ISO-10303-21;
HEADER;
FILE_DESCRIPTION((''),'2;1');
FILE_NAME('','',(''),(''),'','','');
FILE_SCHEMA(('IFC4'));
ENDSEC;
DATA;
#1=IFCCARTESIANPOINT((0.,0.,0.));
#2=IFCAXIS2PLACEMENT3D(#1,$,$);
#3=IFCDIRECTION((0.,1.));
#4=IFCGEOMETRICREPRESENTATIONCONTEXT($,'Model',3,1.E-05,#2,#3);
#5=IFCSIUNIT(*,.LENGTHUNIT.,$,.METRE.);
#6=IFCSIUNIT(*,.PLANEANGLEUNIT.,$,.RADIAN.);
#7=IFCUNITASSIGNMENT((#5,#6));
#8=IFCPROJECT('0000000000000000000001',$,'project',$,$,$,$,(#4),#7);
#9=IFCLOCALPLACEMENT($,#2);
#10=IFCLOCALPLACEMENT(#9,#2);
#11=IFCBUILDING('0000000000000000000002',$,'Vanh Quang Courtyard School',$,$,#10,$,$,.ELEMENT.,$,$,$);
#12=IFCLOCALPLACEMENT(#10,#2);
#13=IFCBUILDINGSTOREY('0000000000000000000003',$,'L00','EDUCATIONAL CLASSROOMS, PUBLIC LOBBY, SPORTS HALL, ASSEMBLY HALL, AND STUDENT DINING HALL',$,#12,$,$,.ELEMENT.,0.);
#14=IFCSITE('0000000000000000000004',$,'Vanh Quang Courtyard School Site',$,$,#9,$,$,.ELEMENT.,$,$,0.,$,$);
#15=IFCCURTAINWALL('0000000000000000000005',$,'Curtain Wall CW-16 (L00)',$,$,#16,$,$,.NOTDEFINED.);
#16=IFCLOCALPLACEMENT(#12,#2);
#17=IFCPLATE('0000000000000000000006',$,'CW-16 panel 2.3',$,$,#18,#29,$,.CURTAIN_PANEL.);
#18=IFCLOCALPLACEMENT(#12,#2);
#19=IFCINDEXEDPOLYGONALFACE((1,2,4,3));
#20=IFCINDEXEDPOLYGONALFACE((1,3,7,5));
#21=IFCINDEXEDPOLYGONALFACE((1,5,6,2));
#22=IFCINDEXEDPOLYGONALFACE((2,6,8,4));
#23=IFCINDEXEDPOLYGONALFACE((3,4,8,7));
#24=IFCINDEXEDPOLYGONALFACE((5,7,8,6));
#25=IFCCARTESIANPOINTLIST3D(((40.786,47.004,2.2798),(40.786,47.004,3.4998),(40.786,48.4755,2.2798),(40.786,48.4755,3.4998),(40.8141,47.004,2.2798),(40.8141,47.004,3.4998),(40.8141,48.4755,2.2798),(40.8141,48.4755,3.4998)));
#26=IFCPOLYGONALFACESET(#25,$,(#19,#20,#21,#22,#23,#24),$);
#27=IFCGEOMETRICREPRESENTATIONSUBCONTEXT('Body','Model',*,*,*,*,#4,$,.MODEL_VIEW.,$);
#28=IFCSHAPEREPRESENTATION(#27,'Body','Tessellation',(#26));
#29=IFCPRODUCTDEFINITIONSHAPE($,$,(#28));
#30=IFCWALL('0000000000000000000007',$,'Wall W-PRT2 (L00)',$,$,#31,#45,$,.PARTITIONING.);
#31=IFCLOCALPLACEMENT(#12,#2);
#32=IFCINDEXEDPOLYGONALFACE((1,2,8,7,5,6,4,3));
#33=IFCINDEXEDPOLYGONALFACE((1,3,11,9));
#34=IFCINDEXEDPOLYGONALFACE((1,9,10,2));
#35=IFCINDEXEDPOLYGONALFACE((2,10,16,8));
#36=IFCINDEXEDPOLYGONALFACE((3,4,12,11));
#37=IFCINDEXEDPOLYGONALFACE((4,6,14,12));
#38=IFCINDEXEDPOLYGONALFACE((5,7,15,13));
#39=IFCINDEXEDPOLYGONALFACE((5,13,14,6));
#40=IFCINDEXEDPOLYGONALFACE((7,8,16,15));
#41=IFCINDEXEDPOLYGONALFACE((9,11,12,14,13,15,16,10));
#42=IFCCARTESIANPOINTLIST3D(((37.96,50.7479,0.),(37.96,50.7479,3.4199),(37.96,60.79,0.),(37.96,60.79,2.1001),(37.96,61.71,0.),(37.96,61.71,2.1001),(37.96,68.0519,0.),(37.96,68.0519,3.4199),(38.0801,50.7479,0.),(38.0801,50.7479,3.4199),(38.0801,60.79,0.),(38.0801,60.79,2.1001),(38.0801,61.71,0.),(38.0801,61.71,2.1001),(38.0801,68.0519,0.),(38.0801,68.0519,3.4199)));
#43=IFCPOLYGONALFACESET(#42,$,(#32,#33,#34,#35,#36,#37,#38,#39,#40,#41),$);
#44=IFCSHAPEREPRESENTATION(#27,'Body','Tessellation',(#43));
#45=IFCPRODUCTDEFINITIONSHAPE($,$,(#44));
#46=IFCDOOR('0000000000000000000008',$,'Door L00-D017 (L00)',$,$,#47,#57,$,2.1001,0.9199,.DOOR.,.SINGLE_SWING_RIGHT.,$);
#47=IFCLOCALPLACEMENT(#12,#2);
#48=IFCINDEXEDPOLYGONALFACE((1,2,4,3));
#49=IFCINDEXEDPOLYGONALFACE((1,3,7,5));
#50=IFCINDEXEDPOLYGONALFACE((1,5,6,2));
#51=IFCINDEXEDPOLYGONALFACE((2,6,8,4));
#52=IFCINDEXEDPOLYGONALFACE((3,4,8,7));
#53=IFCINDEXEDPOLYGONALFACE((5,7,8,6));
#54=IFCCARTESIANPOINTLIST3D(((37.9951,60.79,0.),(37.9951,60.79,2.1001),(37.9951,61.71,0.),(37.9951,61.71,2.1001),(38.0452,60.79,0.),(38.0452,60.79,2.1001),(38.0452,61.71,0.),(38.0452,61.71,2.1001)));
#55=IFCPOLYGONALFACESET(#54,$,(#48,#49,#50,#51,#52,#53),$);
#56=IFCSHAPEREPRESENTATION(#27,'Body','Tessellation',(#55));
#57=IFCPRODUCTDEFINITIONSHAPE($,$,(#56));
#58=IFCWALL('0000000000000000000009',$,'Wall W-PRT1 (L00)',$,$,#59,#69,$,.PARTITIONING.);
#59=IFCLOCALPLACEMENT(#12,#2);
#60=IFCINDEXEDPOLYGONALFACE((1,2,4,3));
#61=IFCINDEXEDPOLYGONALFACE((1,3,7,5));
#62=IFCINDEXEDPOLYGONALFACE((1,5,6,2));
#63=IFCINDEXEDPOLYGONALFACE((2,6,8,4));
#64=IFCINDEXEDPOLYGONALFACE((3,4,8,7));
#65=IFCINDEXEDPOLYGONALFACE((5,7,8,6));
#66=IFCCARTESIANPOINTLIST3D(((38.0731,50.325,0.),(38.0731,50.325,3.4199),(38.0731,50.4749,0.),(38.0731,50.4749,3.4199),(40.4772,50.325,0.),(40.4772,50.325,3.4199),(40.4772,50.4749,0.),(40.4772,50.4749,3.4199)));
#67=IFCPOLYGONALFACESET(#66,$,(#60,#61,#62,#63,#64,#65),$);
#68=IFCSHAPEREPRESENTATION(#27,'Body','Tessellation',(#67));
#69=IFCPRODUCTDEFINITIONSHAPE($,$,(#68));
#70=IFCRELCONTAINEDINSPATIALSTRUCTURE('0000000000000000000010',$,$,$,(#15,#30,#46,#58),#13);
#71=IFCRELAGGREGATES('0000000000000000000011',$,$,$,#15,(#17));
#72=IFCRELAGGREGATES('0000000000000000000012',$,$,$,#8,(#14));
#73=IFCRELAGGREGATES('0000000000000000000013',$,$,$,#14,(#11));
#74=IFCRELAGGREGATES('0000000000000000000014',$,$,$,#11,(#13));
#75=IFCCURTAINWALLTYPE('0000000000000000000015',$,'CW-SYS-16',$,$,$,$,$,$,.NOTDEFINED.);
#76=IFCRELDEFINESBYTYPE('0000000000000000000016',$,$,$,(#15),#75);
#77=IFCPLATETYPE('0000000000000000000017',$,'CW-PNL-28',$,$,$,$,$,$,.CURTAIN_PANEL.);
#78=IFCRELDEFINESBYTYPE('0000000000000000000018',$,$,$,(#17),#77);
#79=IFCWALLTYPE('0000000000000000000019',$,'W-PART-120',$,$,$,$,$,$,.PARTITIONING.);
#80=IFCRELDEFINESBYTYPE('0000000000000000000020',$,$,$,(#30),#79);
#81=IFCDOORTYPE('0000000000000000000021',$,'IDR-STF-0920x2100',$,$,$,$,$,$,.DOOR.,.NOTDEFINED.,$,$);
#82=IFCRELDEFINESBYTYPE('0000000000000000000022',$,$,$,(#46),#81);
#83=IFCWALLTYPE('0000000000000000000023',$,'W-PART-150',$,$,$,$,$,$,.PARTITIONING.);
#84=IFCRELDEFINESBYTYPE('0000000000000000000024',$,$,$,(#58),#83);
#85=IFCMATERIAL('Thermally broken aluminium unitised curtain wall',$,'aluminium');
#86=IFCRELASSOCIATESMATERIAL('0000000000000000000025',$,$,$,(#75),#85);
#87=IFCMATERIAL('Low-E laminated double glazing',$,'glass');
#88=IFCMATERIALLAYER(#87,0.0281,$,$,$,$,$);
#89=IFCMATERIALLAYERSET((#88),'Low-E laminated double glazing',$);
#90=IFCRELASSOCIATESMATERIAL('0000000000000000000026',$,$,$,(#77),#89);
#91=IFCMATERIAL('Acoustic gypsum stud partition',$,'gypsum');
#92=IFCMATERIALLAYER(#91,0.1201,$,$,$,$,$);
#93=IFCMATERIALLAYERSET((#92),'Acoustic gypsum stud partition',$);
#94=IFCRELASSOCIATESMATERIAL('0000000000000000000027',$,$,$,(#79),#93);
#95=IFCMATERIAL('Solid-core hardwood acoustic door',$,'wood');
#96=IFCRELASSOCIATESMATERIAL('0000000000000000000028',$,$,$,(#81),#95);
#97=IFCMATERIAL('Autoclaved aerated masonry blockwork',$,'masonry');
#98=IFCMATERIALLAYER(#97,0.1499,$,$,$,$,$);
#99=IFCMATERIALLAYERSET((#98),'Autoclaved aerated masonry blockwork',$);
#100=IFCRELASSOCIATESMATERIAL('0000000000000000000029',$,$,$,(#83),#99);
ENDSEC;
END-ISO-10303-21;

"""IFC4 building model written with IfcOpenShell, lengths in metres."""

from ifc_helpers import new_model, si_unit, direction, frame, frame_2d, origin, origin_2d, place, context, subcontext, project, spatial, rectangle, extrude, material, layer, layer_set, type_object, element, fill, aggregate, save


model = new_model("IFC4")

# Units and contexts
model_context = context("Model", 3, precision=1e-05, world=origin(), true_north=direction((0.0, 1.0)))
body_context = subcontext(model_context, "Body", "Model", "MODEL_VIEW")
ifc_project = project(units=[si_unit("LENGTHUNIT", "METRE"), si_unit("PLANEANGLEUNIT", "RADIAN")], contexts=[model_context])

# Site, building, storey
site_placement = place(None, origin())
site = spatial("IfcSite", under=ifc_project, at=site_placement, Name="Vanh Quang Courtyard School Site", CompositionType="ELEMENT", RefElevation=0.0)
building_placement = place(site_placement, origin())
building = spatial("IfcBuilding", under=site, at=building_placement, Name="Vanh Quang Courtyard School", CompositionType="ELEMENT")
storey_placement = place(building_placement, origin())
storey = spatial("IfcBuildingStorey", under=building, at=storey_placement, Name="L00", Description="EDUCATIONAL CLASSROOMS, PUBLIC LOBBY, SPORTS HALL, ASSEMBLY HALL, AND STUDENT DINING HALL", CompositionType="ELEMENT", Elevation=0.0)

# Curtain wall, plate
ifc_material_1 = material(Name="Thermally broken aluminium unitised curtain wall", Category="aluminium")
curtain_wall_type = type_object("IfcCurtainWallType", Name="CW-SYS-16", PredefinedType="NOTDEFINED", material=ifc_material_1)
curtain_wall_placement = place(storey_placement, origin())
curtain_wall = element("IfcCurtainWall", 1, at=curtain_wall_placement, inside=storey, type_object=curtain_wall_type, Name="Curtain Wall CW-16 (L00)", PredefinedType="NOTDEFINED")
ifc_material_2 = material(Name="Low-E laminated double glazing", Category="glass")
ifc_layer_1 = layer(ifc_material_2, 0.0281)
ifc_layer_set_1 = layer_set([ifc_layer_1], Name="Low-E laminated double glazing")
plate_type = type_object("IfcPlateType", Name="CW-PNL-28", PredefinedType="CURTAIN_PANEL", material=ifc_layer_set_1)
plate_1_placement = place(storey_placement, frame((40.8, 47.7397, 2.2798), z_axis=(0.0, 0.0, 1.0), x_axis=(0.0, -1.0, 0.0)))
plate_1 = element("IfcPlate", 2, at=plate_1_placement, type_object=plate_type, Name="CW-16 panel 2.3", PredefinedType="CURTAIN_PANEL", context=body_context, shape_type="SweptSolid", body=[
    extrude(rectangle(XDim=1.4714, YDim=0.0281, at=origin_2d()), origin(), (0.0, 0.0, 1.0), 1.22),
])
aggregate(curtain_wall, [plate_1])

# Wall, opening, door
ifc_material_3 = material(Name="Acoustic gypsum stud partition", Category="gypsum")
ifc_layer_2 = layer(ifc_material_3, 0.1201)
ifc_layer_set_2 = layer_set([ifc_layer_2], Name="Acoustic gypsum stud partition")
wall_type_1 = type_object("IfcWallType", Name="W-PART-120", PredefinedType="PARTITIONING", material=ifc_layer_set_2)
wall_1_placement = place(storey_placement, frame((38.02, 50.748, 0.0), z_axis=(0.0, 0.0, 1.0), x_axis=(0.0, 1.0, 0.0)))
wall_1 = element("IfcWall", 3, at=wall_1_placement, inside=storey, type_object=wall_type_1, Name="Wall W-PRT2 (L00)", PredefinedType="PARTITIONING", context=body_context, shape_type="SweptSolid", body=[
    extrude(rectangle(XDim=17.304, YDim=0.1201, at=frame_2d((8.6519, 0.0))), origin(), (0.0, 0.0, 1.0), 3.4199),
])
opening_1_placement = place(wall_1_placement, frame((10.042, 0.0, 0.0)))
opening_1 = element("IfcOpeningElement", 4, at=opening_1_placement, cuts=wall_1, PredefinedType="OPENING", context=body_context, shape_type="SweptSolid", body=[
    extrude(rectangle(XDim=0.9199, YDim=2.1001, at=frame_2d((0.46, 1.05))), frame((0.0, 0.0701, 0.0), z_axis=(0.0, -1.0, 0.0), x_axis=(1.0, 0.0, 0.0)), (0.0, 0.0, 1.0), 0.1401),
])
ifc_material_4 = material(Name="Solid-core hardwood acoustic door", Category="wood")
door_type_1 = type_object("IfcDoorType", Name="IDR-STF-0920x2100", OperationType="NOTDEFINED", PredefinedType="DOOR", material=ifc_material_4)
door_1_placement = place(opening_1_placement, origin())
door_1 = element("IfcDoor", 5, at=door_1_placement, inside=storey, type_object=door_type_1, Name="Door L00-D017 (L00)", OperationType="SINGLE_SWING_RIGHT", OverallHeight=2.1001, OverallWidth=0.9199, PredefinedType="DOOR", context=body_context, shape_type="SweptSolid", body=[
    extrude(rectangle(XDim=0.9199, YDim=2.1001, at=frame_2d((0.46, 1.05))), frame((0.0, 0.0249, 0.0), z_axis=(0.0, -1.0, 0.0), x_axis=(1.0, 0.0, 0.0)), (0.0, 0.0, 1.0), 0.05),
])
fill(opening_1, door_1)

# Wall
ifc_material_5 = material(Name="Autoclaved aerated masonry blockwork", Category="masonry")
ifc_layer_3 = layer(ifc_material_5, 0.1499)
ifc_layer_set_3 = layer_set([ifc_layer_3], Name="Autoclaved aerated masonry blockwork")
wall_type_2 = type_object("IfcWallType", Name="W-PART-150", PredefinedType="PARTITIONING", material=ifc_layer_set_3)
wall_2_placement = place(storey_placement, frame((38.073, 50.3999, 0.0), z_axis=(0.0, 0.0, 1.0), x_axis=(1.0, 0.0, 0.0)))
element("IfcWall", 6, at=wall_2_placement, inside=storey, type_object=wall_type_2, Name="Wall W-PRT1 (L00)", PredefinedType="PARTITIONING", context=body_context, shape_type="SweptSolid", body=[
    extrude(rectangle(XDim=2.4041, YDim=0.1499, at=frame_2d((1.2021, 0.0))), origin(), (0.0, 0.0, 1.0), 3.4199),
])

save(model, "model.ifc")
